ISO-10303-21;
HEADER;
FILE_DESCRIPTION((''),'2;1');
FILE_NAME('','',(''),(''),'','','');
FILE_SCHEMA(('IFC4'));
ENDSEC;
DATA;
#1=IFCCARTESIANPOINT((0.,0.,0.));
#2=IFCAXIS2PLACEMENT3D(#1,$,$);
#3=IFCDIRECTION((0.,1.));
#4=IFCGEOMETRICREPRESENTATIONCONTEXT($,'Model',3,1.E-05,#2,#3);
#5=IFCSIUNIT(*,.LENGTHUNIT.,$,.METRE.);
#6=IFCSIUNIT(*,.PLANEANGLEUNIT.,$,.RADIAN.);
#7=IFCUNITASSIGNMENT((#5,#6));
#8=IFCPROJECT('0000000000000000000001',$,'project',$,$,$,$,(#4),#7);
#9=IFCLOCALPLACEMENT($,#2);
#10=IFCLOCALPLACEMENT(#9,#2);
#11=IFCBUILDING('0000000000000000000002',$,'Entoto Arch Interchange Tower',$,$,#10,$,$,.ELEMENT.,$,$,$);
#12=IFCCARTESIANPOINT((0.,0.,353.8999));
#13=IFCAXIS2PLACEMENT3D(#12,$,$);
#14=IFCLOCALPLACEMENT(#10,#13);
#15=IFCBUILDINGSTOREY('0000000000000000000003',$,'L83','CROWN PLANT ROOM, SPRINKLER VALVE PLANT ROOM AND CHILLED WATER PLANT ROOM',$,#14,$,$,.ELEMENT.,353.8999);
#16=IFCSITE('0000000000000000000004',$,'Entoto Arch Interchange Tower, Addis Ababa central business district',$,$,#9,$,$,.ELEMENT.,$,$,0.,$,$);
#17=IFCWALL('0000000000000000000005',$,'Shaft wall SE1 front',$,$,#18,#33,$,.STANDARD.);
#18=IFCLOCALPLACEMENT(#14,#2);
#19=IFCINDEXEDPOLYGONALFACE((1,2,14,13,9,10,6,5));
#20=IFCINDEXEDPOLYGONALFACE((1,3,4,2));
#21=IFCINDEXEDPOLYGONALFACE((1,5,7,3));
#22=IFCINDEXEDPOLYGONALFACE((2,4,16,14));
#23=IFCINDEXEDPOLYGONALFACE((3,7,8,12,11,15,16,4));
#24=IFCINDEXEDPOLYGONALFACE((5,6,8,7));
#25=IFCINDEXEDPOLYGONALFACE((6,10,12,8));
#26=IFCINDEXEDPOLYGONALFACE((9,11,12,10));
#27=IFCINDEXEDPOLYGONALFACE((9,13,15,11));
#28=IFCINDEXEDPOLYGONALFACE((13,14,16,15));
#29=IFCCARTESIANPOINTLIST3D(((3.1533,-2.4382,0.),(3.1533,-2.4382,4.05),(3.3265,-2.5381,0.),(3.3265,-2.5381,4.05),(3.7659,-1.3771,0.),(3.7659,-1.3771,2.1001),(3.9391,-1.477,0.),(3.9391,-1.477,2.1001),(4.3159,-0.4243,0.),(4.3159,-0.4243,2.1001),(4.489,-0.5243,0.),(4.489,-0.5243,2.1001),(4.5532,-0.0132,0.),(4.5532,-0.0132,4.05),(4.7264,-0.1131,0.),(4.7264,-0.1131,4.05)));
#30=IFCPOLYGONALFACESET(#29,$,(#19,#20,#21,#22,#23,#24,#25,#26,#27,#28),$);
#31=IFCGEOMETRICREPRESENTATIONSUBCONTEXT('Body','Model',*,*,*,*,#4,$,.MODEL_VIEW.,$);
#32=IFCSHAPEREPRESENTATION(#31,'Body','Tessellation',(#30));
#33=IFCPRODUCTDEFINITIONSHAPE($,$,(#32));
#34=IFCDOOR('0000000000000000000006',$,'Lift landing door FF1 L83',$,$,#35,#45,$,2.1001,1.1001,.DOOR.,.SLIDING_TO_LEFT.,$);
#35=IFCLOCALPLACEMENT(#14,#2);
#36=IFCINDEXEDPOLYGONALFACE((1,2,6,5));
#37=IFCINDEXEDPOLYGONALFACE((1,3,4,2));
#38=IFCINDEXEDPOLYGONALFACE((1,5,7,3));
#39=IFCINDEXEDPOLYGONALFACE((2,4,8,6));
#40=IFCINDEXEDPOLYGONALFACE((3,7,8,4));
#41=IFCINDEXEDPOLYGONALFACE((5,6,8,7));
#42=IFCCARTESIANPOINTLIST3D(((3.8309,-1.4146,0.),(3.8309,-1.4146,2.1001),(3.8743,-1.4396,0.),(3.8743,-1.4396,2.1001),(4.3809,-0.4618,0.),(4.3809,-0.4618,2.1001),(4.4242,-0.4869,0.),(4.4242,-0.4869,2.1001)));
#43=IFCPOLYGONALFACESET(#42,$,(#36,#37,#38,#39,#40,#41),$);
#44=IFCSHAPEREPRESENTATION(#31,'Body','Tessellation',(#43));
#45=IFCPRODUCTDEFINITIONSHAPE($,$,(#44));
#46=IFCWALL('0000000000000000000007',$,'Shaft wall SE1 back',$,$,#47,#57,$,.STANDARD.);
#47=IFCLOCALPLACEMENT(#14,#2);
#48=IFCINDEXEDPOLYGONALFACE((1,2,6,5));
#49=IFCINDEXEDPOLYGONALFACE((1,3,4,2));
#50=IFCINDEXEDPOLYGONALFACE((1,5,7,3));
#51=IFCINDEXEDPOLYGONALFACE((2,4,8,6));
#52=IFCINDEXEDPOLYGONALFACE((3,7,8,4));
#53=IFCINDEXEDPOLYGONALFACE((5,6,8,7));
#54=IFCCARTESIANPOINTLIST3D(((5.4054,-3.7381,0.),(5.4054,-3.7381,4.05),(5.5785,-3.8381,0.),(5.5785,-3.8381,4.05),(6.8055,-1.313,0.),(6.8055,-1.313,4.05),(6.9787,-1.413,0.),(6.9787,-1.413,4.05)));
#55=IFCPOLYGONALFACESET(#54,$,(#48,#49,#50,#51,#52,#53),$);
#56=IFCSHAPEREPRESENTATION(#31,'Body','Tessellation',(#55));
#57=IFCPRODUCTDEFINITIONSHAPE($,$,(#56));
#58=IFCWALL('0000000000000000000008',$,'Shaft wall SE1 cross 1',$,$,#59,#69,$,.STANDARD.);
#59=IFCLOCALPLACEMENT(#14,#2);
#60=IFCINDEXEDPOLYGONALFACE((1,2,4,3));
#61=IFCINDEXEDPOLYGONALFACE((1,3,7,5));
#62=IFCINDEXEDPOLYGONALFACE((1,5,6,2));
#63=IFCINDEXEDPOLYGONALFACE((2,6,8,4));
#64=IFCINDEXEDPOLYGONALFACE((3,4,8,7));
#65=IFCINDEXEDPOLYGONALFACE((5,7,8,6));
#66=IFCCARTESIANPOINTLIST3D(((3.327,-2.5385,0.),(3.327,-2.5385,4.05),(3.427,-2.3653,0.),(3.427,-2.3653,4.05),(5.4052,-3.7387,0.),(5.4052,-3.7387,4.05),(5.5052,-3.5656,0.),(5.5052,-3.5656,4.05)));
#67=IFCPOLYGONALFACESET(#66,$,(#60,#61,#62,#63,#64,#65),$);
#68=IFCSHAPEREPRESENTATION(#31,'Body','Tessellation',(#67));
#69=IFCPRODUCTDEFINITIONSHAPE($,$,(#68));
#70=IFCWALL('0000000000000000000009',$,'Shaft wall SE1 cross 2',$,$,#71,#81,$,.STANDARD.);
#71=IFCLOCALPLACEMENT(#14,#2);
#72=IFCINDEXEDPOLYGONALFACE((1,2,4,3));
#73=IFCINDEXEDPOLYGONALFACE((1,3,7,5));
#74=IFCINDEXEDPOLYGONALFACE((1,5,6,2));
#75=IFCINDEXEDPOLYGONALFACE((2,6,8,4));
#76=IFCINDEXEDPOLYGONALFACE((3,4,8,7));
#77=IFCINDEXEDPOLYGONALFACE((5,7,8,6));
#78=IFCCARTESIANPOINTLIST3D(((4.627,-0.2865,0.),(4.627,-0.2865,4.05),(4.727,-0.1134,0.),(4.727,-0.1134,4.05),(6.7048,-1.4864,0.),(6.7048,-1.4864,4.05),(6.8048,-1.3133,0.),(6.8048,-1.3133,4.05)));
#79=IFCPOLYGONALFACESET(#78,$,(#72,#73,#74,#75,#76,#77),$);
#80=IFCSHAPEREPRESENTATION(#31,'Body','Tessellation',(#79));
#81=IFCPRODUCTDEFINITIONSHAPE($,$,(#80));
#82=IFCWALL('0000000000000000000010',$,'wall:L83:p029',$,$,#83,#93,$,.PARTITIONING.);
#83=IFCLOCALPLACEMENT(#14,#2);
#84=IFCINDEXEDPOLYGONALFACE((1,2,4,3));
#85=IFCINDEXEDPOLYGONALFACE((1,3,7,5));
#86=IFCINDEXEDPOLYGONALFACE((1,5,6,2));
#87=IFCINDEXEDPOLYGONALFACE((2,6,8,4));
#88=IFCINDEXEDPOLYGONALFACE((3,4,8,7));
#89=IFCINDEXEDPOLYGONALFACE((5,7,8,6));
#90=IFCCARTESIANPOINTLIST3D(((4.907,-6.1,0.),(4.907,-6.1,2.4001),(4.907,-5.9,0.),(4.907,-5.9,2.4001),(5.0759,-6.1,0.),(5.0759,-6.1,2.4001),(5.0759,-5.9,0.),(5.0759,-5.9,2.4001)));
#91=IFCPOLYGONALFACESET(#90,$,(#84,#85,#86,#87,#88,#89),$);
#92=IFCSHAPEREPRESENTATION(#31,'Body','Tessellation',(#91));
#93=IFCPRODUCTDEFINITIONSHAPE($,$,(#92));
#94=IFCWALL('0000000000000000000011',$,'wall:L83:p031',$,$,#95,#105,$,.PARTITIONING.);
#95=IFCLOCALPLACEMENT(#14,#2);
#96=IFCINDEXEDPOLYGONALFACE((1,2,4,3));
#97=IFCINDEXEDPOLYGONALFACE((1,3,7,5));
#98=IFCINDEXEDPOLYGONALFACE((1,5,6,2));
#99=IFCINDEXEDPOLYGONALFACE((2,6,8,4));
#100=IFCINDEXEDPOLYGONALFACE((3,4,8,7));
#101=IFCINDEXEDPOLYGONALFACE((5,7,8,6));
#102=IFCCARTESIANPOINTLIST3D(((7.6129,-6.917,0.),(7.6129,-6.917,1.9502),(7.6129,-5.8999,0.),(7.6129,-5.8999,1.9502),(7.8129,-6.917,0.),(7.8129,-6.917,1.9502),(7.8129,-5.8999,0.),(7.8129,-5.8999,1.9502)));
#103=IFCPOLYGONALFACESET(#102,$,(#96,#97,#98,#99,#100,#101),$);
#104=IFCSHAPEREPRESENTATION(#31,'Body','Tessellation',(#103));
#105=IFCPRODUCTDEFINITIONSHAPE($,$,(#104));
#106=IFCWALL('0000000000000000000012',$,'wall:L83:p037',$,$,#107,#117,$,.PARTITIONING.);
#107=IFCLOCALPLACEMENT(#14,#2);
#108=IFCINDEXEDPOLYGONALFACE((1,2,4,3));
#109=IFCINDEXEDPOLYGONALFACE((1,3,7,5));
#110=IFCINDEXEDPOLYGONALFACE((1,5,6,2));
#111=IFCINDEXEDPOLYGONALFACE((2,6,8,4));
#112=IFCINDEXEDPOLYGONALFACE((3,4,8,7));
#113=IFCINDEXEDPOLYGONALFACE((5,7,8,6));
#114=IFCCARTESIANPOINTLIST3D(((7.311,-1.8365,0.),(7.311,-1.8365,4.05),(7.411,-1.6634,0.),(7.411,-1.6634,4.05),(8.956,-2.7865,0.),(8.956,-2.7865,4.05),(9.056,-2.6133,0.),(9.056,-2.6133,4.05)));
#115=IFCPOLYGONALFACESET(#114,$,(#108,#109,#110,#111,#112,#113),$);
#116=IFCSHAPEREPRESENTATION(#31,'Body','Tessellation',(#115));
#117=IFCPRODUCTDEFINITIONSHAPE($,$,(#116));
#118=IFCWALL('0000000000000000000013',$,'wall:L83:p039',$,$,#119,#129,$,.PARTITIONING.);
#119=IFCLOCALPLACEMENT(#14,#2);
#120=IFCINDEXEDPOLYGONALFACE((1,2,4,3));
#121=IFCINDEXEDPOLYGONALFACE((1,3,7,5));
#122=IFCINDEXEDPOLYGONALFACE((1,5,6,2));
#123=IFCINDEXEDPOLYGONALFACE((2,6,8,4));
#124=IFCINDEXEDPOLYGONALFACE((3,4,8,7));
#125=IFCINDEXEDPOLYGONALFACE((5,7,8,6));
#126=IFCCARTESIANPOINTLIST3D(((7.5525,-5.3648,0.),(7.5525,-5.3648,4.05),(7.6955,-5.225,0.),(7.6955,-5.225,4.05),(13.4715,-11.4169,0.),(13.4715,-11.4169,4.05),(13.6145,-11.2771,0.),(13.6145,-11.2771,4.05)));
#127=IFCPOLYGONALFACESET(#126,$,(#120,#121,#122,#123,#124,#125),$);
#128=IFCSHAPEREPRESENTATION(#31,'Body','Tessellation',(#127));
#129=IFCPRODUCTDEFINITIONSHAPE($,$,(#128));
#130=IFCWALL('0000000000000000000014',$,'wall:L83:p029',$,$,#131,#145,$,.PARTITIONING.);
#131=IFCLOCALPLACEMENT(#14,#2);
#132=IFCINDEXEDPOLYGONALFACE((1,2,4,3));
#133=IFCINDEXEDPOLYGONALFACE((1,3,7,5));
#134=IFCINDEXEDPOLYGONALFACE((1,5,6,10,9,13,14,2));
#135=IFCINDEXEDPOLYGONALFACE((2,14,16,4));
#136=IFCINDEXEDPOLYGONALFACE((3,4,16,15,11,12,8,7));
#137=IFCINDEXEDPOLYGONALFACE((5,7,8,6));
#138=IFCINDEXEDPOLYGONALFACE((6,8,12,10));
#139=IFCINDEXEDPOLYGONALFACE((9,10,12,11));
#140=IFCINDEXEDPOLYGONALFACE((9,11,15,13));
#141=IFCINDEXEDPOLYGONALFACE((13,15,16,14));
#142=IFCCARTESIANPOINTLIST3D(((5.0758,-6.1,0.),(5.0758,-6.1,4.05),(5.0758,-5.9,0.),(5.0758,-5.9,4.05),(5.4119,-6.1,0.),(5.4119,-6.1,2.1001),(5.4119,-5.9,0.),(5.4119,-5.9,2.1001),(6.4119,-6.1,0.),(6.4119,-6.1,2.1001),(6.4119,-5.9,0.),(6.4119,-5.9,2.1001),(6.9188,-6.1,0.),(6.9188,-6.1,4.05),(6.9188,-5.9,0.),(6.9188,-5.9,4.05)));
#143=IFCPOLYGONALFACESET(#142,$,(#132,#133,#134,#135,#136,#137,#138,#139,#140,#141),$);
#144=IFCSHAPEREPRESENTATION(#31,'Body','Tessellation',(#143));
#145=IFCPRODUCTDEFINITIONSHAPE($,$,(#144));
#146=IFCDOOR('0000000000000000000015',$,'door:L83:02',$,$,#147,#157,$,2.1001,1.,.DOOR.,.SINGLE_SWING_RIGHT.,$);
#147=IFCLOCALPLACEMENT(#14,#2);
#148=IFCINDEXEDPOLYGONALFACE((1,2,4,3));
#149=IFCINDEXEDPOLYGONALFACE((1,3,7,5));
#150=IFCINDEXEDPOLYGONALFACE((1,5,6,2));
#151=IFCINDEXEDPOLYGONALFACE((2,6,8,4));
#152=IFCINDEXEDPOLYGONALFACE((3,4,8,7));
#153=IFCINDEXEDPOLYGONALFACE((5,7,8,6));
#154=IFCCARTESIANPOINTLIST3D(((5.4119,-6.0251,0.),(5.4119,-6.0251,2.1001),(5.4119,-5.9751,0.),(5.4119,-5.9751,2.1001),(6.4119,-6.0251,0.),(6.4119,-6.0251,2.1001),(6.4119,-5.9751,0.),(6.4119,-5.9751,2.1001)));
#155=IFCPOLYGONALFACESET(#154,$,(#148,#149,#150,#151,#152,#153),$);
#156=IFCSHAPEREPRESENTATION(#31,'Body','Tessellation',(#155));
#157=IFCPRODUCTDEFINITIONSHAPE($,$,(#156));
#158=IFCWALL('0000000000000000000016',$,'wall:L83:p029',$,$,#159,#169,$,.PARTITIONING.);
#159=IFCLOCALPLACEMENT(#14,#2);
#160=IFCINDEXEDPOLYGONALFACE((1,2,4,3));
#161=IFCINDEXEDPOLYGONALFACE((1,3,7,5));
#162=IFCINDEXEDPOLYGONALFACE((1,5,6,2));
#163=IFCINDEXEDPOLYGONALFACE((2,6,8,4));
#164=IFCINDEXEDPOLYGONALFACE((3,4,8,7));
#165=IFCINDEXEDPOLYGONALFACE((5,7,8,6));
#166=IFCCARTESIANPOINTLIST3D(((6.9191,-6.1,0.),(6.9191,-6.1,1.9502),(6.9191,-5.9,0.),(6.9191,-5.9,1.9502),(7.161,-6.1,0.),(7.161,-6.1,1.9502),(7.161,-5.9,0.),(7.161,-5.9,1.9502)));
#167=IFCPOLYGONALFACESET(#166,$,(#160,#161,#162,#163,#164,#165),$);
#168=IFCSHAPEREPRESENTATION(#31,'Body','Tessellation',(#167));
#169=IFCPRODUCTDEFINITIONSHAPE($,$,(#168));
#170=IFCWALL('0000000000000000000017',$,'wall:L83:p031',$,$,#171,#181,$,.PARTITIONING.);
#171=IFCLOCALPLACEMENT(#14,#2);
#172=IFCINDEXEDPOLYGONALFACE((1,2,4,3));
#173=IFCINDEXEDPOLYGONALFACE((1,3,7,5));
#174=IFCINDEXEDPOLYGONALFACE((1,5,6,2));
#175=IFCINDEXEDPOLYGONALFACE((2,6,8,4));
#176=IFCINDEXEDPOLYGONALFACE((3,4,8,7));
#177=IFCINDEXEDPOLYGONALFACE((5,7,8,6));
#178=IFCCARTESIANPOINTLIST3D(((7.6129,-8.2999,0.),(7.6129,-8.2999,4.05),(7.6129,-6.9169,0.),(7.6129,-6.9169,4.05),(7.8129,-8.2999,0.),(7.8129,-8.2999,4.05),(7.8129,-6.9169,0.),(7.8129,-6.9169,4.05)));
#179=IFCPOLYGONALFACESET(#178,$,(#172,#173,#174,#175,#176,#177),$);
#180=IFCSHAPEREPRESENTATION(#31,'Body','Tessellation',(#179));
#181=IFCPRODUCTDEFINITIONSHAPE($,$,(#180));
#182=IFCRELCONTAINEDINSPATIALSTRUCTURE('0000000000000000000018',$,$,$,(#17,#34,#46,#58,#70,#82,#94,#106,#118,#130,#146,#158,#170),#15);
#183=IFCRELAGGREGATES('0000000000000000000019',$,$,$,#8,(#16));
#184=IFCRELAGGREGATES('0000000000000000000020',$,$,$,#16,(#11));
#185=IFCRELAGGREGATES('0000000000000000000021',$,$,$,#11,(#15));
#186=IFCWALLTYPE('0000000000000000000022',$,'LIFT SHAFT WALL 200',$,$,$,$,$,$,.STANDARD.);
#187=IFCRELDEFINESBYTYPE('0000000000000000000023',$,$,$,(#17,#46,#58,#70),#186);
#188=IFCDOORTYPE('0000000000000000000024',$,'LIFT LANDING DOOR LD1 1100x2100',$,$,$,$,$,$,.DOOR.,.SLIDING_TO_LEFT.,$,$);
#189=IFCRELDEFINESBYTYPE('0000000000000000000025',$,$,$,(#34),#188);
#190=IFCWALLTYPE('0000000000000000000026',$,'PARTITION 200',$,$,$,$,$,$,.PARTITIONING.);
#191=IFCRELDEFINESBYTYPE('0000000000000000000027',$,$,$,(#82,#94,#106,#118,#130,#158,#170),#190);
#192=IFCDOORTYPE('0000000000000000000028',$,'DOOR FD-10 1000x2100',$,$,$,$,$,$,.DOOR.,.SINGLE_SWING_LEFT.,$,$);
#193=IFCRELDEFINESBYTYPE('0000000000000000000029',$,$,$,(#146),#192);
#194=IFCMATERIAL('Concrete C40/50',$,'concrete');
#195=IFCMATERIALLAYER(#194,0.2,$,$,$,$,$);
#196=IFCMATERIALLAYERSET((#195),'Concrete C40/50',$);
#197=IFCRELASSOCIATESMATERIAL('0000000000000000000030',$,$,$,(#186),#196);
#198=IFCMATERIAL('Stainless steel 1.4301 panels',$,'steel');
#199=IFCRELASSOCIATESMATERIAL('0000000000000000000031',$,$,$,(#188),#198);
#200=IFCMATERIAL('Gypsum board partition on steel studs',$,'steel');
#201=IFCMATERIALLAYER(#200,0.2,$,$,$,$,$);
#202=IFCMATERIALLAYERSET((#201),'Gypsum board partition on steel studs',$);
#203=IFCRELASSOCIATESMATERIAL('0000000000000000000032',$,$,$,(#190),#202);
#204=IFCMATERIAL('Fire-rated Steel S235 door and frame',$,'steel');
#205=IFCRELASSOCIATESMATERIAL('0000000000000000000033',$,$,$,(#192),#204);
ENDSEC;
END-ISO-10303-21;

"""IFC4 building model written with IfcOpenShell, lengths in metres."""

from ifc_helpers import new_model, si_unit, direction, frame, frame_2d, origin, place, context, subcontext, project, spatial, rectangle, extrude, material, layer, layer_set, type_object, element, fill, save


model = new_model("IFC4")

# Units and contexts
model_context = context("Model", 3, precision=1e-05, world=origin(), true_north=direction((0.0, 1.0)))
body_context = subcontext(model_context, "Body", "Model", "MODEL_VIEW")
ifc_project = project(units=[si_unit("LENGTHUNIT", "METRE"), si_unit("PLANEANGLEUNIT", "RADIAN")], contexts=[model_context])

# Site, building, storey
site_placement = place(None, origin())
site = spatial("IfcSite", under=ifc_project, at=site_placement, Name="Entoto Arch Interchange Tower, Addis Ababa central business district", CompositionType="ELEMENT", RefElevation=0.0)
building_placement = place(site_placement, origin())
building = spatial("IfcBuilding", under=site, at=building_placement, Name="Entoto Arch Interchange Tower", CompositionType="ELEMENT")
storey_placement = place(building_placement, frame((0.0, 0.0, 353.8999)))
storey = spatial("IfcBuildingStorey", under=building, at=storey_placement, Name="L83", Description="CROWN PLANT ROOM, SPRINKLER VALVE PLANT ROOM AND CHILLED WATER PLANT ROOM", CompositionType="ELEMENT", Elevation=353.8999)

# Shared definitions
ifc_material_1 = material(Name="Concrete C40/50", Category="concrete")

# Wall, opening, door
ifc_material_2 = material(Name="Fire-rated Steel S235 door and frame", Category="steel")
ifc_layer_1 = layer(ifc_material_1, 0.2)
ifc_layer_set_1 = layer_set([ifc_layer_1], Name="Concrete C40/50")
wall_type_1 = type_object("IfcWallType", Name="LIFT SHAFT WALL 200", PredefinedType="STANDARD", material=ifc_layer_set_1)
wall_1_placement = place(storey_placement, frame((3.24, -2.488, 0.0), z_axis=(0.0, 0.0, 1.0), x_axis=(0.499946, 0.866056, 0.0)))
wall_1 = element("IfcWall", 1, at=wall_1_placement, inside=storey, type_object=wall_type_1, Name="Shaft wall SE1 front", PredefinedType="STANDARD", context=body_context, shape_type="SweptSolid", body=[
    extrude(rectangle(XDim=2.8, YDim=0.2, at=frame_2d((1.3999, 0.0))), origin(), (0.0, 0.0, 1.0), 4.05),
])
opening_1_placement = place(wall_1_placement, frame((1.2251, 0.0, 0.0)))
opening_1 = element("IfcOpeningElement", 2, at=opening_1_placement, cuts=wall_1, PredefinedType="OPENING", context=body_context, shape_type="SweptSolid", body=[
    extrude(rectangle(XDim=1.1001, YDim=2.1001, at=frame_2d((0.55, 1.05))), frame((0.0, 0.1099, 0.0), z_axis=(0.0, -1.0, 0.0), x_axis=(1.0, 0.0, 0.0)), (0.0, 0.0, 1.0), 0.22),
])
ifc_material_3 = material(Name="Stainless steel 1.4301 panels", Category="steel")
door_type_1 = type_object("IfcDoorType", Name="LIFT LANDING DOOR LD1 1100x2100", OperationType="SLIDING_TO_LEFT", PredefinedType="DOOR", material=ifc_material_3)
door_1_placement = place(opening_1_placement, origin())
door_1 = element("IfcDoor", 3, at=door_1_placement, inside=storey, type_object=door_type_1, Name="Lift landing door FF1 L83", OperationType="SLIDING_TO_LEFT", OverallHeight=2.1001, OverallWidth=1.1001, PredefinedType="DOOR", context=body_context, shape_type="SweptSolid", body=[
    extrude(rectangle(XDim=1.1001, YDim=2.1001, at=frame_2d((0.55, 1.05))), frame((0.0, 0.0249, 0.0), z_axis=(0.0, -1.0, 0.0), x_axis=(1.0, 0.0, 0.0)), (0.0, 0.0, 1.0), 0.05),
])
fill(opening_1, door_1)

# Walls
wall_2_placement = place(storey_placement, frame((5.4919, -3.7881, 0.0), z_axis=(0.0, 0.0, 1.0), x_axis=(0.500012, 0.866019, 0.0)))
element("IfcWall", 4, at=wall_2_placement, inside=storey, type_object=wall_type_1, Name="Shaft wall SE1 back", PredefinedType="STANDARD", context=body_context, shape_type="SweptSolid", body=[
    extrude(rectangle(XDim=2.8003, YDim=0.2, at=frame_2d((1.4001, 0.0))), origin(), (0.0, 0.0, 1.0), 4.05),
])
wall_3_placement = place(storey_placement, frame((3.377, -2.4519, 0.0), z_axis=(0.0, 0.0, 1.0), x_axis=(0.865955, -0.500122, 0.0)))
element("IfcWall", 5, at=wall_3_placement, inside=storey, type_object=wall_type_1, Name="Shaft wall SE1 cross 1", PredefinedType="STANDARD", context=body_context, shape_type="SweptSolid", body=[
    extrude(rectangle(XDim=2.3999, YDim=0.2, at=frame_2d((1.2, 0.0))), origin(), (0.0, 0.0, 1.0), 4.05),
])
wall_4_placement = place(storey_placement, frame((4.677, -0.2, 0.0), z_axis=(0.0, 0.0, 1.0), x_axis=(0.865974, -0.500089, 0.0)))
element("IfcWall", 6, at=wall_4_placement, inside=storey, type_object=wall_type_1, Name="Shaft wall SE1 cross 2", PredefinedType="STANDARD", context=body_context, shape_type="SweptSolid", body=[
    extrude(rectangle(XDim=2.3994, YDim=0.2, at=frame_2d((1.1997, 0.0))), origin(), (0.0, 0.0, 1.0), 4.05),
])
ifc_material_4 = material(Name="Gypsum board partition on steel studs", Category="steel")
ifc_layer_2 = layer(ifc_material_4, 0.2)
ifc_layer_set_2 = layer_set([ifc_layer_2], Name="Gypsum board partition on steel studs")
wall_type_2 = type_object("IfcWallType", Name="PARTITION 200", PredefinedType="PARTITIONING", material=ifc_layer_set_2)
wall_5_placement = place(storey_placement, frame((4.907, -6.0, 0.0), z_axis=(0.0, 0.0, 1.0), x_axis=(1.0, 0.0, 0.0)))
element("IfcWall", 7, at=wall_5_placement, inside=storey, type_object=wall_type_2, Name="wall:L83:p029", PredefinedType="PARTITIONING", context=body_context, shape_type="SweptSolid", body=[
    extrude(rectangle(XDim=0.1689, YDim=0.2, at=frame_2d((0.0845, 0.0))), origin(), (0.0, 0.0, 1.0), 2.4001),
])
wall_6_placement = place(storey_placement, frame((7.7129, -5.8999, 0.0), z_axis=(0.0, 0.0, 1.0), x_axis=(0.0, -1.0, 0.0)))
element("IfcWall", 8, at=wall_6_placement, inside=storey, type_object=wall_type_2, Name="wall:L83:p031", PredefinedType="PARTITIONING", context=body_context, shape_type="SweptSolid", body=[
    extrude(rectangle(XDim=1.0171, YDim=0.2, at=frame_2d((0.5085, 0.0))), origin(), (0.0, 0.0, 1.0), 1.9502),
])
wall_7_placement = place(storey_placement, frame((7.3611, -1.75, 0.0), z_axis=(0.0, 0.0, 1.0), x_axis=(0.86598, -0.500078, 0.0)))
element("IfcWall", 9, at=wall_7_placement, inside=storey, type_object=wall_type_2, Name="wall:L83:p037", PredefinedType="PARTITIONING", context=body_context, shape_type="SweptSolid", body=[
    extrude(rectangle(XDim=1.8997, YDim=0.2, at=frame_2d((0.9497, 0.0))), origin(), (0.0, 0.0, 1.0), 4.05),
])
wall_8_placement = place(storey_placement, frame((7.624, -5.2949, 0.0), z_axis=(0.0, 0.0, 1.0), x_axis=(0.699204, -0.714922, 0.0)))
element("IfcWall", 10, at=wall_8_placement, inside=storey, type_object=wall_type_2, Name="wall:L83:p039", PredefinedType="PARTITIONING", context=body_context, shape_type="SweptSolid", body=[
    extrude(rectangle(XDim=8.4653, YDim=0.2, at=frame_2d((4.2327, 0.0))), origin(), (0.0, 0.0, 1.0), 4.05),
])

# Wall, opening, door
wall_9_placement = place(storey_placement, frame((5.0759, -6.0, 0.0), z_axis=(0.0, 0.0, 1.0), x_axis=(1.0, 0.0, 0.0)))
wall_9 = element("IfcWall", 11, at=wall_9_placement, inside=storey, type_object=wall_type_2, Name="wall:L83:p029", PredefinedType="PARTITIONING", context=body_context, shape_type="SweptSolid", body=[
    extrude(rectangle(XDim=1.843, YDim=0.2, at=frame_2d((0.9214, 0.0))), origin(), (0.0, 0.0, 1.0), 4.05),
])
opening_2_placement = place(wall_9_placement, frame((0.3359, 0.0, 0.0)))
opening_2 = element("IfcOpeningElement", 12, at=opening_2_placement, cuts=wall_9, PredefinedType="OPENING", context=body_context, shape_type="SweptSolid", body=[
    extrude(rectangle(XDim=1.0, YDim=2.1001, at=frame_2d((0.5, 1.05))), frame((0.0, 0.1099, 0.0), z_axis=(0.0, -1.0, 0.0), x_axis=(1.0, 0.0, 0.0)), (0.0, 0.0, 1.0), 0.22),
])
door_type_2 = type_object("IfcDoorType", Name="DOOR FD-10 1000x2100", OperationType="SINGLE_SWING_LEFT", PredefinedType="DOOR", material=ifc_material_2)
door_2_placement = place(opening_2_placement, origin())
door_2 = element("IfcDoor", 13, at=door_2_placement, inside=storey, type_object=door_type_2, Name="door:L83:02", OperationType="SINGLE_SWING_RIGHT", OverallHeight=2.1001, OverallWidth=1.0, PredefinedType="DOOR", context=body_context, shape_type="SweptSolid", body=[
    extrude(rectangle(XDim=1.0, YDim=2.1001, at=frame_2d((0.5, 1.05))), frame((0.0, 0.0249, 0.0), z_axis=(0.0, -1.0, 0.0), x_axis=(1.0, 0.0, 0.0)), (0.0, 0.0, 1.0), 0.05),
])
fill(opening_2, door_2)

# Walls
wall_10_placement = place(storey_placement, frame((6.9189, -6.0, 0.0), z_axis=(0.0, 0.0, 1.0), x_axis=(1.0, 0.0, 0.0)))
element("IfcWall", 14, at=wall_10_placement, inside=storey, type_object=wall_type_2, Name="wall:L83:p029", PredefinedType="PARTITIONING", context=body_context, shape_type="SweptSolid", body=[
    extrude(rectangle(XDim=0.2419, YDim=0.2, at=frame_2d((0.1211, 0.0))), origin(), (0.0, 0.0, 1.0), 1.9502),
])
wall_11_placement = place(storey_placement, frame((7.7129, -6.917, 0.0), z_axis=(0.0, 0.0, 1.0), x_axis=(0.0, -1.0, 0.0)))
element("IfcWall", 15, at=wall_11_placement, inside=storey, type_object=wall_type_2, Name="wall:L83:p031", PredefinedType="PARTITIONING", context=body_context, shape_type="SweptSolid", body=[
    extrude(rectangle(XDim=1.3831, YDim=0.2, at=frame_2d((0.6914, 0.0))), origin(), (0.0, 0.0, 1.0), 4.05),
])

save(model, "model.ifc")
